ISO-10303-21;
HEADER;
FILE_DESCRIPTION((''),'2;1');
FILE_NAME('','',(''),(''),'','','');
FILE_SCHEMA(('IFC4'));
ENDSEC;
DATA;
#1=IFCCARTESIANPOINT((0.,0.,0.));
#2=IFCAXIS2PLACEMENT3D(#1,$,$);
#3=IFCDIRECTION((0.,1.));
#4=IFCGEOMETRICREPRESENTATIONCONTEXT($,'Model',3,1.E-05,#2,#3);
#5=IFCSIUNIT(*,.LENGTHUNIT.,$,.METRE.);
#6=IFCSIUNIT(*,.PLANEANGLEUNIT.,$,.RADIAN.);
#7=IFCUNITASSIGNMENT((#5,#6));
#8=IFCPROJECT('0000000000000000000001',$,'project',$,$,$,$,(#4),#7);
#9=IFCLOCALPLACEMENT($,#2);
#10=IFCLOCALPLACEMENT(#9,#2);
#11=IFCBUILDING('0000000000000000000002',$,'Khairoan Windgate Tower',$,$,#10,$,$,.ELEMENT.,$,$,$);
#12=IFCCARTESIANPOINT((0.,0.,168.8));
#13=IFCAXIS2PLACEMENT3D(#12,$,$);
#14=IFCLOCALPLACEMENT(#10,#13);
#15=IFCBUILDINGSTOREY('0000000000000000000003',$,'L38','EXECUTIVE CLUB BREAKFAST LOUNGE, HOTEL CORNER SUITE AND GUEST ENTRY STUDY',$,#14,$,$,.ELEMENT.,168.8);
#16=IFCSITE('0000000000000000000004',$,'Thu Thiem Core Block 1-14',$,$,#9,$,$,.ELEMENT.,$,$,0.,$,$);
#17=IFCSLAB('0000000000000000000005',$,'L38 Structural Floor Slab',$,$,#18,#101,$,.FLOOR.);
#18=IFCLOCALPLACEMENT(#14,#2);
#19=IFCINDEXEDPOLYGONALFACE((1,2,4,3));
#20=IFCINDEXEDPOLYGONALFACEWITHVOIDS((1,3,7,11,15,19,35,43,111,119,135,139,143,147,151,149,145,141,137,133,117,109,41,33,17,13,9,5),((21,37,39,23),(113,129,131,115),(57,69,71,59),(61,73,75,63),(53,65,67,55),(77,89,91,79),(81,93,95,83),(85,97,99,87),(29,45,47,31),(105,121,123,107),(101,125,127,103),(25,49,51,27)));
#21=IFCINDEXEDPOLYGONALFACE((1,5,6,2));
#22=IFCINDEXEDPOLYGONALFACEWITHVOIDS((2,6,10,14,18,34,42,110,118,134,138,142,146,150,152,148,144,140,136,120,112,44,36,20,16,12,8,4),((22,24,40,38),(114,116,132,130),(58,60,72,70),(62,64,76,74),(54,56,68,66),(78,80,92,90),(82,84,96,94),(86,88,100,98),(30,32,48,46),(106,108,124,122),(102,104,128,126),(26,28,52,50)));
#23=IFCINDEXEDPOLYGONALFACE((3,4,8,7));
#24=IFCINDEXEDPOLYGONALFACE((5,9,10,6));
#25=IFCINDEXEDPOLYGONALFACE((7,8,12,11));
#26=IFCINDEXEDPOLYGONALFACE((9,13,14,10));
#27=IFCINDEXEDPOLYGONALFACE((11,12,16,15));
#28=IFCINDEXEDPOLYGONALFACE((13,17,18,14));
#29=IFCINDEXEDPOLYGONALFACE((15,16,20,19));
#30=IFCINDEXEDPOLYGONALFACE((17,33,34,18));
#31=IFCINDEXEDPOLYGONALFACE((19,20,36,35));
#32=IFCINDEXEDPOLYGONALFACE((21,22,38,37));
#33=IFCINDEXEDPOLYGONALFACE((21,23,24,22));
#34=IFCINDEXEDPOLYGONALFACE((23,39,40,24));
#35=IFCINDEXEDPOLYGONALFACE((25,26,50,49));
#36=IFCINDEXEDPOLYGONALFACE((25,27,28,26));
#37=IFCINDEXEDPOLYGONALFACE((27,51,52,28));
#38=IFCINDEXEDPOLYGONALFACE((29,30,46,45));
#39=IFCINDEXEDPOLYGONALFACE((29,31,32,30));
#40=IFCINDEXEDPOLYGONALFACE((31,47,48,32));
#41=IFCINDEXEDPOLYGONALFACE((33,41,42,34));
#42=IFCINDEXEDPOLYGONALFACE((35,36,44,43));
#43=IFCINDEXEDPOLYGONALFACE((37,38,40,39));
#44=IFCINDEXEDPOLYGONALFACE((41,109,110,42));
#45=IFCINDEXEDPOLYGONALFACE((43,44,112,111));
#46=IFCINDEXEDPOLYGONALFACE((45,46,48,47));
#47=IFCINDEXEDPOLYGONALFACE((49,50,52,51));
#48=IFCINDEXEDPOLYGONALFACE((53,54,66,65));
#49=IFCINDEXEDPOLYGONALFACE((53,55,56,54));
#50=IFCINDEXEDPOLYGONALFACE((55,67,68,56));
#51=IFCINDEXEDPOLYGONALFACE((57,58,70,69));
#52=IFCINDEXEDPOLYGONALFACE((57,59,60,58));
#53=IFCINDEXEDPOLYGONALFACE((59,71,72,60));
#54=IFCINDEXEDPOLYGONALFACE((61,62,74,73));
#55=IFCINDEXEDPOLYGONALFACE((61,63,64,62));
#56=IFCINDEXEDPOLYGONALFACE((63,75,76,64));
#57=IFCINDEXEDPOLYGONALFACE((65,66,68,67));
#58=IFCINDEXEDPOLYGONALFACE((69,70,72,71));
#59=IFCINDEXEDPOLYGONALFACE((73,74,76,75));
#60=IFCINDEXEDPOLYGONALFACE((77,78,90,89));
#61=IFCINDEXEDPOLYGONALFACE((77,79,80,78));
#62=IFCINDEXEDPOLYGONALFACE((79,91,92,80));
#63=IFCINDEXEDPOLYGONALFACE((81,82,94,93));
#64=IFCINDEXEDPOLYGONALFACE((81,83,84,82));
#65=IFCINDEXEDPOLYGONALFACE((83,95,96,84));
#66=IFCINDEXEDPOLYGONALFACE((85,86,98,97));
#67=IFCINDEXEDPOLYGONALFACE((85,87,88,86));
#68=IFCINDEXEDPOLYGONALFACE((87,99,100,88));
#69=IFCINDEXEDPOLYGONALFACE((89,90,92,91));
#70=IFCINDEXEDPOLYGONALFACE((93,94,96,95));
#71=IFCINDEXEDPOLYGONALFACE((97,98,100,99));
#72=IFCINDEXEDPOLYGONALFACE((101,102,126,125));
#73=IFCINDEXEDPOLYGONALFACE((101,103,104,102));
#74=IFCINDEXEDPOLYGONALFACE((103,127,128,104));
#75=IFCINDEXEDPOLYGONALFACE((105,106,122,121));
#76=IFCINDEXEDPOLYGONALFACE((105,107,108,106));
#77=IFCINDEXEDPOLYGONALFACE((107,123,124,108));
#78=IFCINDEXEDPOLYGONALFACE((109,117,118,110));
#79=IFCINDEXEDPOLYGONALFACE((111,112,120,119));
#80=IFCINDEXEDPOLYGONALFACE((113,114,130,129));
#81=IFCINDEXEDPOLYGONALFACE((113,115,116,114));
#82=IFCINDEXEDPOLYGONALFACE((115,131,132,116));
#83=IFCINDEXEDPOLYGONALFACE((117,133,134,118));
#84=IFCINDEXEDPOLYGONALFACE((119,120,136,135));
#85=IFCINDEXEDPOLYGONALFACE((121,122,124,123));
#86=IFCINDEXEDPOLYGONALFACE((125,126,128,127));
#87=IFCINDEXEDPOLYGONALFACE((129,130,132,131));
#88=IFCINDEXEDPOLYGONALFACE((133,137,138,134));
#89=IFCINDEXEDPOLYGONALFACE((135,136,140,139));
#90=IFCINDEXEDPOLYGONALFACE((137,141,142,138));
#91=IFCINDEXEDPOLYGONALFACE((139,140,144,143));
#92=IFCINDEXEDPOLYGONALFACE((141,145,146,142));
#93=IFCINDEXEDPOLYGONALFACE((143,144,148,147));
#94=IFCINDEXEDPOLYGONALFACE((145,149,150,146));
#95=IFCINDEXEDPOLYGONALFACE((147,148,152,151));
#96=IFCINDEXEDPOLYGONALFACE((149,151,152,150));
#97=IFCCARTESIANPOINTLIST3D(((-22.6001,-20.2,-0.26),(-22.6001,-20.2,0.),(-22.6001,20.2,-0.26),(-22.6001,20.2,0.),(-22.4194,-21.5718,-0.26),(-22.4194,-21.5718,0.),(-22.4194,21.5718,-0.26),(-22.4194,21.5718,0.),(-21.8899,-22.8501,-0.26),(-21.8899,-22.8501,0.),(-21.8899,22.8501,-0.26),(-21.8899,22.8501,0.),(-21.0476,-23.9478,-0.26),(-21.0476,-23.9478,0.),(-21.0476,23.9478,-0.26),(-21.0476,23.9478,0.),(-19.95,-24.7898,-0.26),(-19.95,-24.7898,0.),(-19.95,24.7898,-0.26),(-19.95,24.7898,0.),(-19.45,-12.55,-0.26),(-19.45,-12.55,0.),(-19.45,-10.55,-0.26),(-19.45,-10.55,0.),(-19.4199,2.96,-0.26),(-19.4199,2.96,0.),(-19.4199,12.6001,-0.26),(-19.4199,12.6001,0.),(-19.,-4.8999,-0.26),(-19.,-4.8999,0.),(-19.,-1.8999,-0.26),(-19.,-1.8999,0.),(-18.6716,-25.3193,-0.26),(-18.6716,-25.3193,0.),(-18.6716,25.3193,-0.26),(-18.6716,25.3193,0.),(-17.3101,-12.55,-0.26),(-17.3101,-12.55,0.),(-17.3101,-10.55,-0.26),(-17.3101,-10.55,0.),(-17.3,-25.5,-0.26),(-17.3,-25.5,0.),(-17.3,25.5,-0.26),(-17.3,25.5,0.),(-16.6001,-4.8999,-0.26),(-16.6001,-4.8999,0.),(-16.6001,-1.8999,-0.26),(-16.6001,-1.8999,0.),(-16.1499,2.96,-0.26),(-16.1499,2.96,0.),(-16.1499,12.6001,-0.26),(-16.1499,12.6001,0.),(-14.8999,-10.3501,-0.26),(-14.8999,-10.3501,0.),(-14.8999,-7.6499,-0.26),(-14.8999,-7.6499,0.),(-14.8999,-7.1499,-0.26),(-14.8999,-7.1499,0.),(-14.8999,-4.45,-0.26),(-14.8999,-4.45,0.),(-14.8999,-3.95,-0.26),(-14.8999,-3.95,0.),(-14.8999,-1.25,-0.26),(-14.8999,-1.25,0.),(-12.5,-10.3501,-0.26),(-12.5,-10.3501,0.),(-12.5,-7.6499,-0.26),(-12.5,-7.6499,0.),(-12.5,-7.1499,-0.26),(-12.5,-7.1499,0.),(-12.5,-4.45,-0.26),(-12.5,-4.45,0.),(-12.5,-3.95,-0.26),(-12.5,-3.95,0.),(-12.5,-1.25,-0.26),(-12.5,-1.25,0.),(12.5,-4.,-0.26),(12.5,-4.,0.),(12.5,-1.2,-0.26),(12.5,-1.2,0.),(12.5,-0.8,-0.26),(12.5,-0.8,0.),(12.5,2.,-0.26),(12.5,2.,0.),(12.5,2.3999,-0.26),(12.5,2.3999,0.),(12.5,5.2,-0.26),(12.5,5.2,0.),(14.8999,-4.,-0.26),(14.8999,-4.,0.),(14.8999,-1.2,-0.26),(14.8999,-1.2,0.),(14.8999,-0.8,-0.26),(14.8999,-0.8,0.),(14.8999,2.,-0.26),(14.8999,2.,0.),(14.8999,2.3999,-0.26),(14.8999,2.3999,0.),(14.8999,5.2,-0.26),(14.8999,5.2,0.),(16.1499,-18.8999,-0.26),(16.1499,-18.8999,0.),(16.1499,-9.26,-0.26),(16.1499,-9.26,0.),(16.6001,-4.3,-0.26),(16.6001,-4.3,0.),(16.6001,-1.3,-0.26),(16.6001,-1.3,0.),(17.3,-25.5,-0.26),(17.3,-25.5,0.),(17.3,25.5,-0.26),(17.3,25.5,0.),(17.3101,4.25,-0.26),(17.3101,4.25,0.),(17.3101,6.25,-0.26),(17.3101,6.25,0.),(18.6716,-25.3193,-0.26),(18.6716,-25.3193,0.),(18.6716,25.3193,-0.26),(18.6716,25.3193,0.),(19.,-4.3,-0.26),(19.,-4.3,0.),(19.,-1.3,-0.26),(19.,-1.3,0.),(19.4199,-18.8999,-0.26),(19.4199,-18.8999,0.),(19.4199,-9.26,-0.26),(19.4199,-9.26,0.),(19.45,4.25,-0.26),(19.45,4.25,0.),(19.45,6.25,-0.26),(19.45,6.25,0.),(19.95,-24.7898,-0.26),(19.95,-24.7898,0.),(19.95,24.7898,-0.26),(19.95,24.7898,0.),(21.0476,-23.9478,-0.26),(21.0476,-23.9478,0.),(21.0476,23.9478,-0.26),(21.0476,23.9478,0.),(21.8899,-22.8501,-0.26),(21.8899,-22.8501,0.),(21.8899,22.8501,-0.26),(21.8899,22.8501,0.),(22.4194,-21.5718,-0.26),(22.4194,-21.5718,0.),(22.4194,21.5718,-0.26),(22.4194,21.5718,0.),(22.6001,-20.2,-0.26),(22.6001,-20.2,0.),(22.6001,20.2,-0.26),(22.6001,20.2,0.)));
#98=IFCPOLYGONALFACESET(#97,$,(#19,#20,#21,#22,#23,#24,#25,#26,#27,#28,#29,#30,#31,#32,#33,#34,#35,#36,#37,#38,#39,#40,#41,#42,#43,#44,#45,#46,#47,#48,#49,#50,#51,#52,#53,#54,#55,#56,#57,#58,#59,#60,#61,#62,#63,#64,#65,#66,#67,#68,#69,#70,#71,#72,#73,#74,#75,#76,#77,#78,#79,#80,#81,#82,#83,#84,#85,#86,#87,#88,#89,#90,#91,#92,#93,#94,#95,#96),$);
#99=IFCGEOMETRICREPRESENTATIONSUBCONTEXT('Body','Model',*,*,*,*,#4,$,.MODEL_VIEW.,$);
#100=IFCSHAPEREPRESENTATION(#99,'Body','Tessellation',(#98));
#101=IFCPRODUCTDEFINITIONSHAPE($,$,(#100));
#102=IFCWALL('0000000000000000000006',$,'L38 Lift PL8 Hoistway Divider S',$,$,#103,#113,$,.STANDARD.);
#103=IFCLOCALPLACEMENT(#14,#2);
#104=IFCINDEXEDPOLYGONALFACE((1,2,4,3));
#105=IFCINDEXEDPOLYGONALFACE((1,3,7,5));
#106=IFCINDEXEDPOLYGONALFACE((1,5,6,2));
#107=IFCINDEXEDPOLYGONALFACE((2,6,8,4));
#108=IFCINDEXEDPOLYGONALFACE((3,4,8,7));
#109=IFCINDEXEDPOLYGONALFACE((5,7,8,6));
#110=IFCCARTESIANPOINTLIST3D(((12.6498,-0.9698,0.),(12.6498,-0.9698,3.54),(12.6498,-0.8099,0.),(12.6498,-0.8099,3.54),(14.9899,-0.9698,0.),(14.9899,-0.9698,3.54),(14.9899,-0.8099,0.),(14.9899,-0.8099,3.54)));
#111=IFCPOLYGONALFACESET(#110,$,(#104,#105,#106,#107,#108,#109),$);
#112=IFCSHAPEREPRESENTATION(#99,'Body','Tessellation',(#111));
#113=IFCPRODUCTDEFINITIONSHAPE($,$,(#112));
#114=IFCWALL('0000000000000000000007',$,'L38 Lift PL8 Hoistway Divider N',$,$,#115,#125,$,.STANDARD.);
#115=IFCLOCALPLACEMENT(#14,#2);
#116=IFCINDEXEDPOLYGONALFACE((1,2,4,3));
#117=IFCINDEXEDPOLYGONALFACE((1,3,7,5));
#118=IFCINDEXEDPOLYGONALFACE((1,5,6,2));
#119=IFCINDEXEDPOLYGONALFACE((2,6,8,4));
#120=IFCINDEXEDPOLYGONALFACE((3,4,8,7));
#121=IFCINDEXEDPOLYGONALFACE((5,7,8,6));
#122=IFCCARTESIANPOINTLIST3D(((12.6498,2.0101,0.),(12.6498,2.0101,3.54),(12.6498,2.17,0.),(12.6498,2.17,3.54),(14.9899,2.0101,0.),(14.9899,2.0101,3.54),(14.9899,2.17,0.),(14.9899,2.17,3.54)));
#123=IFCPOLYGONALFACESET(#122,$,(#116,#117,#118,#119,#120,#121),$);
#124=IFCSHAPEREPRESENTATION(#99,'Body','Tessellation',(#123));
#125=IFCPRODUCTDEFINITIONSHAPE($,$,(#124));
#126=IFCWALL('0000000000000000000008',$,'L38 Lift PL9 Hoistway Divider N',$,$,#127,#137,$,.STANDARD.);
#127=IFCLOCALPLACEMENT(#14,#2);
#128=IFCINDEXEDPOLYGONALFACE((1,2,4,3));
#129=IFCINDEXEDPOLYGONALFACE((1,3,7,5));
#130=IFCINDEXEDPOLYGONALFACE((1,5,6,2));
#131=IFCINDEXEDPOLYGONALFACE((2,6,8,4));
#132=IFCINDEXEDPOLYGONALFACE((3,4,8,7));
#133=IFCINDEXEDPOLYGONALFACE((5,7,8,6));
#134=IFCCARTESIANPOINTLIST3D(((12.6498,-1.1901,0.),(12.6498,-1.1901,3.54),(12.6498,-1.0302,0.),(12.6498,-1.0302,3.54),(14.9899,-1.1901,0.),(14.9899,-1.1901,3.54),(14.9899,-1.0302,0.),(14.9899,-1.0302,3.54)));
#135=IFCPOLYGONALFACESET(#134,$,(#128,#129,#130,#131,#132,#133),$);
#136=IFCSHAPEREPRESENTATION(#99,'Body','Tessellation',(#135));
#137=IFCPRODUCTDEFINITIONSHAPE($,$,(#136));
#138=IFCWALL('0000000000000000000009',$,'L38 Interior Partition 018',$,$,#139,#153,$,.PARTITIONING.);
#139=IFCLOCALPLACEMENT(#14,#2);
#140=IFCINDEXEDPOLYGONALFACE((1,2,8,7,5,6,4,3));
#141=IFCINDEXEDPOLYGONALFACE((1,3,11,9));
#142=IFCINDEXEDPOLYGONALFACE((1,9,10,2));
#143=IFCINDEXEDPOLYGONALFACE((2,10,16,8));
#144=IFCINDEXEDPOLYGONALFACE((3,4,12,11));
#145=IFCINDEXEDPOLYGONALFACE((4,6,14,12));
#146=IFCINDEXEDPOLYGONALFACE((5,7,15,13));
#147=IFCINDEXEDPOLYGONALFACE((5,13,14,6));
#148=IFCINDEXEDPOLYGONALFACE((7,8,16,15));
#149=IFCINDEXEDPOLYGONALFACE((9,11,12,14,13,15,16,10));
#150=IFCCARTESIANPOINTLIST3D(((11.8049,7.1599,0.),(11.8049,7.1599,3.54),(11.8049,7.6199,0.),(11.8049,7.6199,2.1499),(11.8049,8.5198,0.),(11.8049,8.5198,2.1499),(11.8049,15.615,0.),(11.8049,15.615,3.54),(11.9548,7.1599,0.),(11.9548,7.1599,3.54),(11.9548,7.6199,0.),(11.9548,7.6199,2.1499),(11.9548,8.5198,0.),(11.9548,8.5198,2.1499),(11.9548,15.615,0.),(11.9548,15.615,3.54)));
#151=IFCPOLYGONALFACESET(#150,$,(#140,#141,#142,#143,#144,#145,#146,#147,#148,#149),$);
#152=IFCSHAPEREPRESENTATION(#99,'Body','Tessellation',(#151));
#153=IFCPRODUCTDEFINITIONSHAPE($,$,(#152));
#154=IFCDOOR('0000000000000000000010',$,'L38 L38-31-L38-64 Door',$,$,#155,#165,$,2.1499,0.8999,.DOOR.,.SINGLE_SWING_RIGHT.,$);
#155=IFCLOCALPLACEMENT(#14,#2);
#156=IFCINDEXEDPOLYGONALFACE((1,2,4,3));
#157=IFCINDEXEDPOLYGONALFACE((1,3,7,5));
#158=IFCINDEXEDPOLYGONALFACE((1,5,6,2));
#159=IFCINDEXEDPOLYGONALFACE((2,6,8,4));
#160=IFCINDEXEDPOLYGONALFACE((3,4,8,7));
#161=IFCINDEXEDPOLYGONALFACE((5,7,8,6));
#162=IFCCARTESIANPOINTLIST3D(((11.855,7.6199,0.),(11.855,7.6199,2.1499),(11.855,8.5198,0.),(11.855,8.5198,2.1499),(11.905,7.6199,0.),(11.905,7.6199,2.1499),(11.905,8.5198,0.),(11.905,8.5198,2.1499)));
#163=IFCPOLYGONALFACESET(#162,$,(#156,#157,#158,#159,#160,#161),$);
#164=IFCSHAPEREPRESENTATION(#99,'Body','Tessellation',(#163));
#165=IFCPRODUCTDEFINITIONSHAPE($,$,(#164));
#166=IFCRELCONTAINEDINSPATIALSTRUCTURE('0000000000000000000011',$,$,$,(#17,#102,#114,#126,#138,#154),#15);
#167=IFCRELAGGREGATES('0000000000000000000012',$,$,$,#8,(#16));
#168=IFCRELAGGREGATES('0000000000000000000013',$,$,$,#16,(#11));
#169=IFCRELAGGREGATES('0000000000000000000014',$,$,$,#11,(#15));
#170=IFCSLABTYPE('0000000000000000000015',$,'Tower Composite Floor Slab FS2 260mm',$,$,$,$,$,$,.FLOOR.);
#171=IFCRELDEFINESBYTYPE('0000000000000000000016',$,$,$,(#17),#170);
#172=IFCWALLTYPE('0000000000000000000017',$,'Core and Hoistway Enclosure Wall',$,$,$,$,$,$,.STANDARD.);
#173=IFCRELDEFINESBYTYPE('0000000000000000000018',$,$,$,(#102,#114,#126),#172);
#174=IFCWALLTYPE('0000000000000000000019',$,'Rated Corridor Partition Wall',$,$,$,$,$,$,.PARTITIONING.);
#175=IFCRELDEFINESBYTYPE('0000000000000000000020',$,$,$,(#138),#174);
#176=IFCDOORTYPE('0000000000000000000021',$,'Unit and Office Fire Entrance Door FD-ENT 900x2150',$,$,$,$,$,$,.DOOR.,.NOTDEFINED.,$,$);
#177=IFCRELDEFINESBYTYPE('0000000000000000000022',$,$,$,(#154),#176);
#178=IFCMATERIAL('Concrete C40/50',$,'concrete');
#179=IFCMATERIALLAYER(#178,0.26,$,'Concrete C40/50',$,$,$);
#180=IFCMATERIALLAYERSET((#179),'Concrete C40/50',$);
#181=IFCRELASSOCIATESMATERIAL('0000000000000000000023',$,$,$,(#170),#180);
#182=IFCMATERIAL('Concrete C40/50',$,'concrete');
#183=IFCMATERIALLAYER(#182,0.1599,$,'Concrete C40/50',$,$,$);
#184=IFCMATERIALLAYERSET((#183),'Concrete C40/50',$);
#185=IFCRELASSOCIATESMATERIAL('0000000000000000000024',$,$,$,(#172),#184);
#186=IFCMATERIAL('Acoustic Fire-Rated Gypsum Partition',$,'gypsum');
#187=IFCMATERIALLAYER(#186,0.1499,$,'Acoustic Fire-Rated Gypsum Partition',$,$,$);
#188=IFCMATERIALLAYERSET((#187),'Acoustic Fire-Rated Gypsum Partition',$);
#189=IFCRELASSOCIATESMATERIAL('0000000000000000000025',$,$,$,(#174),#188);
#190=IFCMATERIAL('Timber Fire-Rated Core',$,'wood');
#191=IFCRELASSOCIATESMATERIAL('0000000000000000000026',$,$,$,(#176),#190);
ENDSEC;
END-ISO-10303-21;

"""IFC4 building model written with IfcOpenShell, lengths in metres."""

from ifc_helpers import new_model, si_unit, direction, frame, frame_2d, origin, place, context, subcontext, project, spatial, polyline, rectangle, outline, extrude, material, layer, layer_set, type_object, element, fill, save


model = new_model("IFC4")

# Units and contexts
model_context = context("Model", 3, precision=1e-05, world=origin(), true_north=direction((0.0, 1.0)))
body_context = subcontext(model_context, "Body", "Model", "MODEL_VIEW")
ifc_project = project(units=[si_unit("LENGTHUNIT", "METRE"), si_unit("PLANEANGLEUNIT", "RADIAN")], contexts=[model_context])

# Site, building, storey
site_placement = place(None, origin())
site = spatial("IfcSite", under=ifc_project, at=site_placement, Name="Thu Thiem Core Block 1-14", CompositionType="ELEMENT", RefElevation=0.0)
building_placement = place(site_placement, origin())
building = spatial("IfcBuilding", under=site, at=building_placement, Name="Khairoan Windgate Tower", CompositionType="ELEMENT")
storey_placement = place(building_placement, frame((0.0, 0.0, 168.8)))
storey = spatial("IfcBuildingStorey", under=building, at=storey_placement, Name="L38", Description="EXECUTIVE CLUB BREAKFAST LOUNGE, HOTEL CORNER SUITE AND GUEST ENTRY STUDY", CompositionType="ELEMENT", Elevation=168.8)

# Slab
ifc_material_1 = material(Name="Concrete C40/50", Category="concrete")
ifc_layer_1 = layer(ifc_material_1, 0.26, Name="Concrete C40/50")
ifc_layer_set_1 = layer_set([ifc_layer_1], Name="Concrete C40/50")
slab_type_1 = type_object("IfcSlabType", Name="Tower Composite Floor Slab FS2 260mm", PredefinedType="FLOOR", material=ifc_layer_set_1)
slab_1_placement = place(storey_placement, frame((0.0, 0.0, -0.26)))
element("IfcSlab", 1, at=slab_1_placement, inside=storey, type_object=slab_type_1, Name="L38 Structural Floor Slab", PredefinedType="FLOOR", context=body_context, shape_type="SweptSolid", body=[
    extrude(outline(polyline([(17.3, -25.5), (18.6716, -25.3193), (19.95, -24.7898), (21.0476, -23.9478), (21.8899, -22.8501), (22.4194, -21.5718), (22.6001, -20.2), (22.6001, 20.2), (22.4194, 21.5718), (21.8899, 22.8501), (21.0476, 23.9478), (19.95, 24.7898), (18.6716, 25.3193), (17.3, 25.5), (-17.3, 25.5), (-18.6716, 25.3193), (-19.95, 24.7898), (-21.0476, 23.9478), (-21.8899, 22.8501), (-22.4194, 21.5718), (-22.6001, 20.2), (-22.6001, -20.2), (-22.4194, -21.5718), (-21.8899, -22.8501), (-21.0476, -23.9478), (-19.95, -24.7898), (-18.6716, -25.3193), (-17.3, -25.5), (17.3, -25.5)]), holes=[polyline([(16.1499, -9.26), (16.1499, -18.8999), (19.4199, -18.8999), (19.4199, -9.26), (16.1499, -9.26)]), polyline([(-16.1499, 2.96), (-16.1499, 12.6001), (-19.4199, 12.6001), (-19.4199, 2.96), (-16.1499, 2.96)]), polyline([(-14.8999, -3.95), (-12.5, -3.95), (-12.5, -1.25), (-14.8999, -1.25), (-14.8999, -3.95)]), polyline([(-14.8999, -7.1499), (-12.5, -7.1499), (-12.5, -4.45), (-14.8999, -4.45), (-14.8999, -7.1499)]), polyline([(-14.8999, -10.3501), (-12.5, -10.3501), (-12.5, -7.6499), (-14.8999, -7.6499), (-14.8999, -10.3501)]), polyline([(12.5, 2.3999), (14.8999, 2.3999), (14.8999, 5.2), (12.5, 5.2), (12.5, 2.3999)]), polyline([(12.5, -0.8), (14.8999, -0.8), (14.8999, 2.0), (12.5, 2.0), (12.5, -0.8)]), polyline([(12.5, -4.0), (14.8999, -4.0), (14.8999, -1.2), (12.5, -1.2), (12.5, -4.0)]), polyline([(16.6001, -4.3), (19.0, -4.3), (19.0, -1.3), (16.6001, -1.3), (16.6001, -4.3)]), polyline([(-19.0, -4.8999), (-16.6001, -4.8999), (-16.6001, -1.8999), (-19.0, -1.8999), (-19.0, -4.8999)]), polyline([(-19.45, -12.55), (-17.3101, -12.55), (-17.3101, -10.55), (-19.45, -10.55), (-19.45, -12.55)]), polyline([(17.3101, 4.25), (19.45, 4.25), (19.45, 6.25), (17.3101, 6.25), (17.3101, 4.25)])]), origin(), (0.0, 0.0, 1.0), 0.26),
])

# Walls
ifc_material_2 = material(Name="Concrete C40/50", Category="concrete")
ifc_layer_2 = layer(ifc_material_2, 0.1599, Name="Concrete C40/50")
ifc_layer_set_2 = layer_set([ifc_layer_2], Name="Concrete C40/50")
wall_type_1 = type_object("IfcWallType", Name="Core and Hoistway Enclosure Wall", PredefinedType="STANDARD", material=ifc_layer_set_2)
for number, where, z_axis, x_axis, name in (
    (2, (12.6499, -0.8899, 0.0), (0.0, 0.0, 1.0), (1.0, 0.0, 0.0), "L38 Lift PL8 Hoistway Divider S"),
    (3, (12.6499, 2.0901, 0.0), (0.0, 0.0, 1.0), (1.0, 0.0, 0.0), "L38 Lift PL8 Hoistway Divider N"),
    (4, (12.6499, -1.1101, 0.0), (0.0, 0.0, 1.0), (1.0, 0.0, 0.0), "L38 Lift PL9 Hoistway Divider N"),
):
    element("IfcWall", number, at=place(storey_placement, frame(where, z_axis=z_axis, x_axis=x_axis)), inside=storey, type_object=wall_type_1, Name=name, PredefinedType="STANDARD", context=body_context, shape_type="SweptSolid", body=[
        extrude(rectangle(XDim=2.3401, YDim=0.1599, at=frame_2d((1.1699, 0.0))), origin(), (0.0, 0.0, 1.0), 3.54),
    ])

# Wall, opening, door
ifc_material_3 = material(Name="Acoustic Fire-Rated Gypsum Partition", Category="gypsum")
ifc_layer_3 = layer(ifc_material_3, 0.1499, Name="Acoustic Fire-Rated Gypsum Partition")
ifc_layer_set_3 = layer_set([ifc_layer_3], Name="Acoustic Fire-Rated Gypsum Partition")
wall_type_2 = type_object("IfcWallType", Name="Rated Corridor Partition Wall", PredefinedType="PARTITIONING", material=ifc_layer_set_3)
wall_1_placement = place(storey_placement, frame((11.8799, 7.1599, 0.0), z_axis=(0.0, 0.0, 1.0), x_axis=(0.0, 1.0, 0.0)))
wall_1 = element("IfcWall", 5, at=wall_1_placement, inside=storey, type_object=wall_type_2, Name="L38 Interior Partition 018", PredefinedType="PARTITIONING", context=body_context, shape_type="SweptSolid", body=[
    extrude(rectangle(XDim=8.4551, YDim=0.1499, at=frame_2d((4.2275, 0.0))), origin(), (0.0, 0.0, 1.0), 3.54),
])
opening_1_placement = place(wall_1_placement, frame((0.46, 0.0, 0.0)))
opening_1 = element("IfcOpeningElement", 6, at=opening_1_placement, cuts=wall_1, PredefinedType="OPENING", context=body_context, shape_type="SweptSolid", body=[
    extrude(rectangle(XDim=0.8999, YDim=2.1499, at=frame_2d((0.45, 1.075))), frame((0.0, 0.085, 0.0), z_axis=(0.0, -1.0, 0.0), x_axis=(1.0, 0.0, 0.0)), (0.0, 0.0, 1.0), 0.1699),
])
ifc_material_4 = material(Name="Timber Fire-Rated Core", Category="wood")
door_type = type_object("IfcDoorType", Name="Unit and Office Fire Entrance Door FD-ENT 900x2150", OperationType="NOTDEFINED", PredefinedType="DOOR", material=ifc_material_4)
door_1_placement = place(opening_1_placement, origin())
door_1 = element("IfcDoor", 7, at=door_1_placement, inside=storey, type_object=door_type, Name="L38 L38-31-L38-64 Door", OperationType="SINGLE_SWING_RIGHT", OverallHeight=2.1499, OverallWidth=0.8999, PredefinedType="DOOR", context=body_context, shape_type="SweptSolid", body=[
    extrude(rectangle(XDim=0.8999, YDim=2.1499, at=frame_2d((0.45, 1.075))), frame((0.0, 0.0249, 0.0), z_axis=(0.0, -1.0, 0.0), x_axis=(1.0, 0.0, 0.0)), (0.0, 0.0, 1.0), 0.05),
])
fill(opening_1, door_1)

save(model, "model.ifc")
